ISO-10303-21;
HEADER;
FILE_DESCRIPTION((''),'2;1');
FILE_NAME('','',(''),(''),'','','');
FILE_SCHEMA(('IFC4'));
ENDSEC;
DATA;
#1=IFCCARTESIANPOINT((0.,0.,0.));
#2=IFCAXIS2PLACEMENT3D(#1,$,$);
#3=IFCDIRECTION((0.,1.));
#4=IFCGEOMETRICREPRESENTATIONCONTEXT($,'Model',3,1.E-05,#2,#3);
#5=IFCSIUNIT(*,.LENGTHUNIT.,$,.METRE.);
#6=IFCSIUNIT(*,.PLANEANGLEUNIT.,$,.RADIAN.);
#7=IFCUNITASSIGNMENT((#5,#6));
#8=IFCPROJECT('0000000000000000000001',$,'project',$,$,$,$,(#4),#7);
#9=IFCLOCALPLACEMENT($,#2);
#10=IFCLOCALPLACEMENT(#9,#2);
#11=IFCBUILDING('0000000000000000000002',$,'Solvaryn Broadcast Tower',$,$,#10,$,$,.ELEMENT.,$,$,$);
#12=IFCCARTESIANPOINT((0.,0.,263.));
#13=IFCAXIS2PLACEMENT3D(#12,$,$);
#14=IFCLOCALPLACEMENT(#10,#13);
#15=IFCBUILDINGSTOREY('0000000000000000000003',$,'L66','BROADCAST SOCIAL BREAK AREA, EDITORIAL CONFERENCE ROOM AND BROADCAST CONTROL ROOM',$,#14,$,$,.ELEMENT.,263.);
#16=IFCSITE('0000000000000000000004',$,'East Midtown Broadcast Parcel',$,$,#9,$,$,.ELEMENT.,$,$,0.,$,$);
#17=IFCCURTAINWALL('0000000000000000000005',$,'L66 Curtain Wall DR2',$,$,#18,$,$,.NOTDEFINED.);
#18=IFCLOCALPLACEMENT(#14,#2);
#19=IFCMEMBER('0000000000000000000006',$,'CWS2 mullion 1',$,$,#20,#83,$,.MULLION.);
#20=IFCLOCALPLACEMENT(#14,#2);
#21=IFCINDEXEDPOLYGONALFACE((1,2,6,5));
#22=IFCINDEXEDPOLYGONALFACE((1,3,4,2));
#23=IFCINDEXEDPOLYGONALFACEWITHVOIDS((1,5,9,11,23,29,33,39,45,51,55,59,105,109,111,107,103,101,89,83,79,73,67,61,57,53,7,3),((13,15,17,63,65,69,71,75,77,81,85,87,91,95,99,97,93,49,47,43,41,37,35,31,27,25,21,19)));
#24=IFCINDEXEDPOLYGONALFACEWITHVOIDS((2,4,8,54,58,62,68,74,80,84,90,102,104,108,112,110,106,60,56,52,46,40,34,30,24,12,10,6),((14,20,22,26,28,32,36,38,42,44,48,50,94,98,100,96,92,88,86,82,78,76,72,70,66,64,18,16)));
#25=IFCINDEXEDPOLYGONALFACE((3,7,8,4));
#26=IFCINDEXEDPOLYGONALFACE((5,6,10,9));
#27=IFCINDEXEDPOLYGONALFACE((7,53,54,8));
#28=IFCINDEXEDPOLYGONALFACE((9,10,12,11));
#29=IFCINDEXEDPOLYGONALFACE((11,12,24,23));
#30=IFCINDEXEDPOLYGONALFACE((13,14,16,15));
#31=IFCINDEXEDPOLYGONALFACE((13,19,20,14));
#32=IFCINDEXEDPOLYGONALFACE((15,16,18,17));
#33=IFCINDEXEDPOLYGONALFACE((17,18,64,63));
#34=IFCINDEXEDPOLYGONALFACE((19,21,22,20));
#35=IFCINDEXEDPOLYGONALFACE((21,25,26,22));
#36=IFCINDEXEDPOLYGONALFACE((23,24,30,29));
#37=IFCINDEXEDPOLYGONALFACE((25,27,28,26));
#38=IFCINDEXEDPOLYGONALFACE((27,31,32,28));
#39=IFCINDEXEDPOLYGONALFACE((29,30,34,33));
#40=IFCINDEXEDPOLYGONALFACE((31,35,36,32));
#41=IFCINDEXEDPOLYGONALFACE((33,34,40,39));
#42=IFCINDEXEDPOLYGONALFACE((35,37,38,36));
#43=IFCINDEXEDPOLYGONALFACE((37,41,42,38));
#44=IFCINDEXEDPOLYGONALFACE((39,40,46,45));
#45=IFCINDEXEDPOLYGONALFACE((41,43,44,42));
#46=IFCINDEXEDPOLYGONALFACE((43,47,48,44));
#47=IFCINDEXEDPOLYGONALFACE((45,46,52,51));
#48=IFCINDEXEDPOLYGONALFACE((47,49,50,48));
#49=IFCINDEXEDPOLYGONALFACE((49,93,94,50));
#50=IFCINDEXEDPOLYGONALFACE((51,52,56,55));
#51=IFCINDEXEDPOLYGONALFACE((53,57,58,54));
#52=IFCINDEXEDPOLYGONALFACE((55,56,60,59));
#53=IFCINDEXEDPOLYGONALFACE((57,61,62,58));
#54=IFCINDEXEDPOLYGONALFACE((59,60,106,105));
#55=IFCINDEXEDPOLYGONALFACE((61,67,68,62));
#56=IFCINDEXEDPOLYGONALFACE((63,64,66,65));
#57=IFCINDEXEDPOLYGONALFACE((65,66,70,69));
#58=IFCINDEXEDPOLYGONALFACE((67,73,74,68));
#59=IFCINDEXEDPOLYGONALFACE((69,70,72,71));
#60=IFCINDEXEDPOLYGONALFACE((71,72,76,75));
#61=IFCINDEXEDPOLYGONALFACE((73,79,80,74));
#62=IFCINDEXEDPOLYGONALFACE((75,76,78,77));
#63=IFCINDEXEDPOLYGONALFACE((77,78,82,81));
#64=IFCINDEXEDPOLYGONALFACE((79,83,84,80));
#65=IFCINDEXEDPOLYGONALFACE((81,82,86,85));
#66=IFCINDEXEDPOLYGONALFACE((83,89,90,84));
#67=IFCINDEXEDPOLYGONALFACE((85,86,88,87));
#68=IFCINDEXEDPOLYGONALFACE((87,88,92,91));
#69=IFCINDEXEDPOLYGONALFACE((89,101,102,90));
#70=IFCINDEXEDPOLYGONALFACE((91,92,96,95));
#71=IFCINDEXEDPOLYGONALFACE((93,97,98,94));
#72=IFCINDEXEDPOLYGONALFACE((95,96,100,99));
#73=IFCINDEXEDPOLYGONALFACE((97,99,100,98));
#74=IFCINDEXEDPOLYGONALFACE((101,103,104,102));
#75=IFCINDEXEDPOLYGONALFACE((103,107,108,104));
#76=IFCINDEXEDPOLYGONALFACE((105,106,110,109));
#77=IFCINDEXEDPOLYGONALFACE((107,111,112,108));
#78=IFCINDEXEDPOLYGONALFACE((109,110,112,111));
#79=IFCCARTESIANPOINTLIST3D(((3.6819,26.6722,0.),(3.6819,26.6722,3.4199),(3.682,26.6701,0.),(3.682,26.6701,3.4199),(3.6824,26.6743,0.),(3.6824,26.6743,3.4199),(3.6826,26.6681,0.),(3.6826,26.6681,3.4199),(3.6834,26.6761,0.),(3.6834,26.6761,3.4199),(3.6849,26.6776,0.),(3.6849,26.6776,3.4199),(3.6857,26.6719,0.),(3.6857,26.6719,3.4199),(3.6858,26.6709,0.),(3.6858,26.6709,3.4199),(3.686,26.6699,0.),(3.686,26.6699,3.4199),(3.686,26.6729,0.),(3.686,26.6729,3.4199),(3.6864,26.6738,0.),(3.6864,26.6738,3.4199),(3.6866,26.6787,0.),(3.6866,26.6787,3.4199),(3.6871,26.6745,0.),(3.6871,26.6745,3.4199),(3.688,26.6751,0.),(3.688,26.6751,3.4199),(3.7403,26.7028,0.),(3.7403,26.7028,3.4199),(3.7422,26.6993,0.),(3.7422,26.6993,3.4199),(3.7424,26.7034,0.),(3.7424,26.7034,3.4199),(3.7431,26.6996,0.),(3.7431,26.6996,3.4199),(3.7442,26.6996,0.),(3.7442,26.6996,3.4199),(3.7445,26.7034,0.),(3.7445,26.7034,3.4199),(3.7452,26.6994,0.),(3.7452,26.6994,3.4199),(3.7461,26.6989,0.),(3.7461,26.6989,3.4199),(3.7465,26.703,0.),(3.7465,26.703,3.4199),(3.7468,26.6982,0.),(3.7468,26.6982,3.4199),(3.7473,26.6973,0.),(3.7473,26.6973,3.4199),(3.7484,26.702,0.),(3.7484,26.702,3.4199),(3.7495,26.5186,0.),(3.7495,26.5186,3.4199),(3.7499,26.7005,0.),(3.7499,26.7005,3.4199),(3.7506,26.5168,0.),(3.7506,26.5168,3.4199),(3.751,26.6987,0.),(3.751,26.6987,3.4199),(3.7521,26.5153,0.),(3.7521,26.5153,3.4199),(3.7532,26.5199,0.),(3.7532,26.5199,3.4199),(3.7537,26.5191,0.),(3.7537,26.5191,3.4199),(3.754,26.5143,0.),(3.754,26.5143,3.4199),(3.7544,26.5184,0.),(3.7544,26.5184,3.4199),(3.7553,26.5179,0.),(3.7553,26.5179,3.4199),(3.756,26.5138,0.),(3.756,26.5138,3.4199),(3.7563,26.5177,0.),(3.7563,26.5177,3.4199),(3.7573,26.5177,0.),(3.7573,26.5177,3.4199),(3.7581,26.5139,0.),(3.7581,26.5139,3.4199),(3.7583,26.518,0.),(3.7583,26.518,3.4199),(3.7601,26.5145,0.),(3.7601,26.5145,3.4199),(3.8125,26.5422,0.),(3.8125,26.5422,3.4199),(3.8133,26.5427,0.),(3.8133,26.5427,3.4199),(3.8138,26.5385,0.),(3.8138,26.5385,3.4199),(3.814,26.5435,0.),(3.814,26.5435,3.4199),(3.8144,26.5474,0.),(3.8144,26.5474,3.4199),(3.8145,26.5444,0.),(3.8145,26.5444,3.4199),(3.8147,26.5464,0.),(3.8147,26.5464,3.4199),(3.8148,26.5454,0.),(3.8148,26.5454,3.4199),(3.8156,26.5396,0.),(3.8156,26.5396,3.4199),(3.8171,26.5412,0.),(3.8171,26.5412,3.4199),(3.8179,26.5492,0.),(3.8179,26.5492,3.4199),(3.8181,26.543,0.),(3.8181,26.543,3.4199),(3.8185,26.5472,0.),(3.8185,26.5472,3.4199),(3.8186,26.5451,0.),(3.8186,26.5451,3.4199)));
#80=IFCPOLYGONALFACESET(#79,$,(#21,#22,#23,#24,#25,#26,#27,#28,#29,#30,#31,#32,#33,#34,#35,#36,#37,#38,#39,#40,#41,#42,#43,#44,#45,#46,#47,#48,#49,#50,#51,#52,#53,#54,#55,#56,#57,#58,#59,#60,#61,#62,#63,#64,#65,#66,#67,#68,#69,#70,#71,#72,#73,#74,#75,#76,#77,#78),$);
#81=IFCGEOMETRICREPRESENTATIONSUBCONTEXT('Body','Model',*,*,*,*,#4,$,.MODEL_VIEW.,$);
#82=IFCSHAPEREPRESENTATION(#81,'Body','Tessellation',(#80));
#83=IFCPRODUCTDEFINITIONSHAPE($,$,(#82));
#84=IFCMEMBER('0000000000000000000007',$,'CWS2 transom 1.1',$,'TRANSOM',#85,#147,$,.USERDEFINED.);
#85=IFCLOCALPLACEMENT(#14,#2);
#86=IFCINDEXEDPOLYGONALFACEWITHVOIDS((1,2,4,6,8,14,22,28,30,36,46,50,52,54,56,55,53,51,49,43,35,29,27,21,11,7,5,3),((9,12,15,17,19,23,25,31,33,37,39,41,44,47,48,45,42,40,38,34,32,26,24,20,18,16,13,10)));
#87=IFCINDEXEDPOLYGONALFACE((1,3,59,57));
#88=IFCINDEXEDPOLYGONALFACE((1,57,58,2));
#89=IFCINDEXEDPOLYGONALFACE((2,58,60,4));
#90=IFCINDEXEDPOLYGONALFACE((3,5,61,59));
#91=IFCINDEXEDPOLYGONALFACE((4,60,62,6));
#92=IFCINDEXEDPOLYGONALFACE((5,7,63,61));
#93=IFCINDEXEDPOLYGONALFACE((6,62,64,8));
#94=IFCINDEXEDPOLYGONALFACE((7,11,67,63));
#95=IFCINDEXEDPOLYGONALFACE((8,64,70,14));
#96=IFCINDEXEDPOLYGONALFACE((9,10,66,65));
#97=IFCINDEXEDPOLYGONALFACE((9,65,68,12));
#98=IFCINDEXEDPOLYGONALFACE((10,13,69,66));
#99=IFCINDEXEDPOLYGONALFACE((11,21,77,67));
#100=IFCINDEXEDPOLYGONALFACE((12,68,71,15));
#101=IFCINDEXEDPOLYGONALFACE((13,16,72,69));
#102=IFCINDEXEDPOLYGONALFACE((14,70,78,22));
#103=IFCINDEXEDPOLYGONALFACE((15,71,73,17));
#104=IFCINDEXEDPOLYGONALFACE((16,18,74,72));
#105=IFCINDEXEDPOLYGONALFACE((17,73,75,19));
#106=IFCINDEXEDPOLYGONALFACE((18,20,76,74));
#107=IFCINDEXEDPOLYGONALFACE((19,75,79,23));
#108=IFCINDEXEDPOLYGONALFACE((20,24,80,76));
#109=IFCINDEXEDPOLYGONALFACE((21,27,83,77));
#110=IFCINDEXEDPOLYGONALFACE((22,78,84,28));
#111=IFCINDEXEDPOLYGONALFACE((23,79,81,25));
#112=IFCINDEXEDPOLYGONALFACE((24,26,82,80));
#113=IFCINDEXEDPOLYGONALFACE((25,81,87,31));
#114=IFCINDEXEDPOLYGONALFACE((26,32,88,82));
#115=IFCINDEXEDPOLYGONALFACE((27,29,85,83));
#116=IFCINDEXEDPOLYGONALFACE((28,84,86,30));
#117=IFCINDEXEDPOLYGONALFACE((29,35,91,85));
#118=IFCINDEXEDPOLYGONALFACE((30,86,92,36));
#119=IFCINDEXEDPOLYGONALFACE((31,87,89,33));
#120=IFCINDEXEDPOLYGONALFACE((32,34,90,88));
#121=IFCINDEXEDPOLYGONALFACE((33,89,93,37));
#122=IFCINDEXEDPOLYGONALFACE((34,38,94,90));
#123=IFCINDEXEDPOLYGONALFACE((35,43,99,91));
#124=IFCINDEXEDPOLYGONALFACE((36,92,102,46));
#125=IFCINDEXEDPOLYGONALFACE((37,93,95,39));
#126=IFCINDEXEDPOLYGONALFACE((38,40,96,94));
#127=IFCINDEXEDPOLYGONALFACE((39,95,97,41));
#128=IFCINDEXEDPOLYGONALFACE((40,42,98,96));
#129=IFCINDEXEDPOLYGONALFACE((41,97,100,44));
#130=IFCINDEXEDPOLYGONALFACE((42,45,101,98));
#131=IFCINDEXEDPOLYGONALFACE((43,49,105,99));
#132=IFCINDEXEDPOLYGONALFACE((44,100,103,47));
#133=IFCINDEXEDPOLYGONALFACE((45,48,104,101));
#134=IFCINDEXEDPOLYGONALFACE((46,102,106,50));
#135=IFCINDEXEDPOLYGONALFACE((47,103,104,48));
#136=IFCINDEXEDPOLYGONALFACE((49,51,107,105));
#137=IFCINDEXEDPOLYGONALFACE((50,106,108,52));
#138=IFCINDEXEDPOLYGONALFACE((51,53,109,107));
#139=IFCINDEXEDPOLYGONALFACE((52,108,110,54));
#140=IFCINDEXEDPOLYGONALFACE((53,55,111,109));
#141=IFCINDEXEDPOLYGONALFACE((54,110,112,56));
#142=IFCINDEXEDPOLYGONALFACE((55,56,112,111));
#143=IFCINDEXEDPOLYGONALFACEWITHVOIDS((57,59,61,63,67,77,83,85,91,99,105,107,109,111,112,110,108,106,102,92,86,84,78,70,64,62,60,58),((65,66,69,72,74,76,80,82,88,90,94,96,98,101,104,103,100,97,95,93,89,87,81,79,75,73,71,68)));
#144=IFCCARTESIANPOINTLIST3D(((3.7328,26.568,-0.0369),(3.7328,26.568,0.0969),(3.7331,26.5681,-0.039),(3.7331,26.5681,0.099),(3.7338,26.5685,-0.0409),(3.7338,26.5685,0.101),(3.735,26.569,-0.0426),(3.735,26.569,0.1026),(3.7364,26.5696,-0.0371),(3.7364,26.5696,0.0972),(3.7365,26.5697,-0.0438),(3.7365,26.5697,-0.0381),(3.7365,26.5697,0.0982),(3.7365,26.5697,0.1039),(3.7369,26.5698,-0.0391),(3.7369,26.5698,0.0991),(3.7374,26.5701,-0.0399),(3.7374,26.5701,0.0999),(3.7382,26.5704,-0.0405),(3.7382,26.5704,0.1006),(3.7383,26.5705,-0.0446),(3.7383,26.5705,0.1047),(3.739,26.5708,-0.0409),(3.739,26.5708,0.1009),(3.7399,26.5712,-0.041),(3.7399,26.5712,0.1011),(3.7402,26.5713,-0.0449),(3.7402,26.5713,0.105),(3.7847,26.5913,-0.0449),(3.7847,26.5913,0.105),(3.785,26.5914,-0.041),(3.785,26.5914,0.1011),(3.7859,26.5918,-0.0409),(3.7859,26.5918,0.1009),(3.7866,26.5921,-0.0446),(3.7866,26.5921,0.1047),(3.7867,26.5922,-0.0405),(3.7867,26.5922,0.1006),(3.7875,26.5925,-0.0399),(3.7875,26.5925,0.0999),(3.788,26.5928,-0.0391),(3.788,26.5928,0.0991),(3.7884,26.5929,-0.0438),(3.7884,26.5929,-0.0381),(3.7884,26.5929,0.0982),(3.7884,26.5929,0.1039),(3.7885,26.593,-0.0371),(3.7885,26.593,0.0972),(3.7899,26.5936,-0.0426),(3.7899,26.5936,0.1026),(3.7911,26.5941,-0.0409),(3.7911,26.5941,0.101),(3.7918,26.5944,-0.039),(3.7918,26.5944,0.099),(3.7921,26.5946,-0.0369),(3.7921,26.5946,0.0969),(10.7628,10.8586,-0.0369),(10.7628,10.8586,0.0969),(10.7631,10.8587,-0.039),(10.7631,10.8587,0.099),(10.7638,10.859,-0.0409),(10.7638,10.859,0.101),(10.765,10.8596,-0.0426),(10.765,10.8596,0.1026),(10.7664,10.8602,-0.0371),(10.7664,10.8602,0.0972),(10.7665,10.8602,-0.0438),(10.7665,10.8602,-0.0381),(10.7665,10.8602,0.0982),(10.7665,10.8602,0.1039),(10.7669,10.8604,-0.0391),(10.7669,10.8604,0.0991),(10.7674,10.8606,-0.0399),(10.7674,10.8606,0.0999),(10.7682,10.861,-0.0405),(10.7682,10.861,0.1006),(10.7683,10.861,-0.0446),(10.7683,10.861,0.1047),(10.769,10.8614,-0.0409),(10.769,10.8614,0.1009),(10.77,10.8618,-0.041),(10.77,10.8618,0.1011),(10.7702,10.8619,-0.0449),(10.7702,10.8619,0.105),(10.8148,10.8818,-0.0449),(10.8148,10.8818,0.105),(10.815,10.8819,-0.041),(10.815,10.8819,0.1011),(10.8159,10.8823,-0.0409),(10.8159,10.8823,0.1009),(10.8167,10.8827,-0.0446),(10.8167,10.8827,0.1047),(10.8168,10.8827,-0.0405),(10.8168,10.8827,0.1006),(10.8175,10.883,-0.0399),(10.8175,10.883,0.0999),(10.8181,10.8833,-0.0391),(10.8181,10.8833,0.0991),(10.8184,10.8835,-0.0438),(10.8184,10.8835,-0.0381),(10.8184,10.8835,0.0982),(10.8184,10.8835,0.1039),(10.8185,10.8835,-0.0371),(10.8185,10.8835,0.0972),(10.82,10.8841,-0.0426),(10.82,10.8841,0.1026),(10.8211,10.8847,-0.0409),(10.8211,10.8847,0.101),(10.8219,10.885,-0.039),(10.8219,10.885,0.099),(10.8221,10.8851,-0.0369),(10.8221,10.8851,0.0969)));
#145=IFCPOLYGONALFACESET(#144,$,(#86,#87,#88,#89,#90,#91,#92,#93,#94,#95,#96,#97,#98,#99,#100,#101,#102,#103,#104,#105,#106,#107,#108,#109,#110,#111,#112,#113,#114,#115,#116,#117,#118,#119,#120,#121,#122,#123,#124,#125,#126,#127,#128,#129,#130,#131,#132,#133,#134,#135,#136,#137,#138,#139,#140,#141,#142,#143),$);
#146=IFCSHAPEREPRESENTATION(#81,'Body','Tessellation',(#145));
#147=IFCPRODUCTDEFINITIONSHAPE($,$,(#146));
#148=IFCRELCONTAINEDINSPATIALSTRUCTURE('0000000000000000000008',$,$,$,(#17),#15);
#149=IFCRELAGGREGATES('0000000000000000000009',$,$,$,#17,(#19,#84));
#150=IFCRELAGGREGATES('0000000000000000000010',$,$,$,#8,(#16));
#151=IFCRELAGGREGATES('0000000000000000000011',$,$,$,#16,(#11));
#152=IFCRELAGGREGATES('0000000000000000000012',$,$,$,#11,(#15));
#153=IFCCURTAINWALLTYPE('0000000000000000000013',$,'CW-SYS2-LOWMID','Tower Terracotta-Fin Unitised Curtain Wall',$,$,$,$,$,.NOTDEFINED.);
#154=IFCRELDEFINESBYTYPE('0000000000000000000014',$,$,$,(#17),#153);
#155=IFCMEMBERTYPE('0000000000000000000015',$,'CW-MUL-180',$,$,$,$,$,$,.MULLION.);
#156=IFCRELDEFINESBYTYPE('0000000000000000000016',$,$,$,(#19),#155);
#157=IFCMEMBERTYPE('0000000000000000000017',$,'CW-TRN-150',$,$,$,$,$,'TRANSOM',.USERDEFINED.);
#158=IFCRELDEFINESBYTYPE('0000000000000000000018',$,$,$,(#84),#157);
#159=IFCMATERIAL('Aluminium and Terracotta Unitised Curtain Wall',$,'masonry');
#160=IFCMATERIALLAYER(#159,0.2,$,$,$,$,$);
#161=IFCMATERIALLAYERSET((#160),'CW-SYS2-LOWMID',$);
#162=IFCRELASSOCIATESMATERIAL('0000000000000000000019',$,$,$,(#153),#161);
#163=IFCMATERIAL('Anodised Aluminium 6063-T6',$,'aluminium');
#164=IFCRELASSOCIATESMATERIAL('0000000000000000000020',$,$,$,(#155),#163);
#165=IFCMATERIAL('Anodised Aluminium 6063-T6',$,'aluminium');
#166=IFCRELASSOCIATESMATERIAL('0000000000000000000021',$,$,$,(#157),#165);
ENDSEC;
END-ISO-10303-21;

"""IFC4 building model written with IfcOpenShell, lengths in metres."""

from ifc_helpers import new_model, si_unit, direction, frame, origin, origin_2d, place, context, subcontext, project, spatial, hollow_rectangle, extrude, material, layer, layer_set, material_profile, profile_set, type_object, element, aggregate, save


model = new_model("IFC4")

# Units and contexts
model_context = context("Model", 3, precision=1e-05, world=origin(), true_north=direction((0.0, 1.0)))
body_context = subcontext(model_context, "Body", "Model", "MODEL_VIEW")
ifc_project = project(units=[si_unit("LENGTHUNIT", "METRE"), si_unit("PLANEANGLEUNIT", "RADIAN")], contexts=[model_context])

# Site, building, storey
site_placement = place(None, origin())
site = spatial("IfcSite", under=ifc_project, at=site_placement, Name="East Midtown Broadcast Parcel", CompositionType="ELEMENT", RefElevation=0.0)
building_placement = place(site_placement, origin())
building = spatial("IfcBuilding", under=site, at=building_placement, Name="Solvaryn Broadcast Tower", CompositionType="ELEMENT")
storey_placement = place(building_placement, frame((0.0, 0.0, 263.0)))
storey = spatial("IfcBuildingStorey", under=building, at=storey_placement, Name="L66", Description="BROADCAST SOCIAL BREAK AREA, EDITORIAL CONFERENCE ROOM AND BROADCAST CONTROL ROOM", CompositionType="ELEMENT", Elevation=263.0)

# Shared definitions
ifc_material_1 = material(Name="Aluminium and Terracotta Unitised Curtain Wall", Category="masonry")
ifc_layer_1 = layer(ifc_material_1, 0.2)
ifc_layer_set_1 = layer_set([ifc_layer_1], Name="CW-SYS2-LOWMID")
curtain_wall_type = type_object("IfcCurtainWallType", Name="CW-SYS2-LOWMID", Description="Tower Terracotta-Fin Unitised Curtain Wall", PredefinedType="NOTDEFINED", material=ifc_layer_set_1)
ifc_material_2 = material(Name="Anodised Aluminium 6063-T6", Category="aluminium")
ifc_material_profile_1 = material_profile(ifc_material_2, hollow_rectangle(XDim=0.075, YDim=0.1799, WallThickness=0.0039, InnerFilletRadius=0.0039, OuterFilletRadius=0.0081, at=origin_2d()))
ifc_profile_set_1 = profile_set([ifc_material_profile_1], Name="Anodised Aluminium 6063-T6")
member_type_1 = type_object("IfcMemberType", Name="CW-MUL-180", PredefinedType="MULLION", material=ifc_profile_set_1)

# Curtain wall, members
curtain_wall_1_placement = place(storey_placement, origin())
curtain_wall_1 = element("IfcCurtainWall", 1, at=curtain_wall_1_placement, inside=storey, type_object=curtain_wall_type, Name="L66 Curtain Wall DR2", PredefinedType="NOTDEFINED")
member_1_placement = place(storey_placement, frame((3.7502, 26.6086, 0.0), z_axis=(0.0, 0.0, 1.0), x_axis=(0.912774, 0.408466, 0.0)))
member_1 = element("IfcMember", 2, at=member_1_placement, type_object=member_type_1, Name="CWS2 mullion 1", PredefinedType="MULLION", context=body_context, shape_type="SweptSolid", body=[
    extrude(hollow_rectangle(XDim=0.075, YDim=0.1799, WallThickness=0.0039, InnerFilletRadius=0.0039, OuterFilletRadius=0.0081, at=origin_2d()), origin(), (0.0, 0.0, 1.0), 3.4199),
])
ifc_material_3 = material(Name="Anodised Aluminium 6063-T6", Category="aluminium")
ifc_material_profile_2 = material_profile(ifc_material_3, hollow_rectangle(XDim=0.0649, YDim=0.1499, WallThickness=0.0039, InnerFilletRadius=0.0039, OuterFilletRadius=0.0081, at=origin_2d()))
ifc_profile_set_2 = profile_set([ifc_material_profile_2], Name="Anodised Aluminium 6063-T6")
member_type_2 = type_object("IfcMemberType", Name="CW-TRN-150", ElementType="TRANSOM", PredefinedType="USERDEFINED", material=ifc_profile_set_2)
member_2_placement = place(storey_placement, frame((3.7625, 26.5813, 0.03), z_axis=(0.408468, -0.912773, 0.0), x_axis=(0.912773, 0.408468, 0.0)))
member_2 = element("IfcMember", 3, at=member_2_placement, type_object=member_type_2, Name="CWS2 transom 1.1", ObjectType="TRANSOM", PredefinedType="USERDEFINED", context=body_context, shape_type="SweptSolid", body=[
    extrude(hollow_rectangle(XDim=0.0649, YDim=0.1499, WallThickness=0.0039, InnerFilletRadius=0.0039, OuterFilletRadius=0.0081, at=origin_2d()), origin(), (0.0, 0.0, 1.0), 17.2107),
])
aggregate(curtain_wall_1, [member_1, member_2])

save(model, "model.ifc")
